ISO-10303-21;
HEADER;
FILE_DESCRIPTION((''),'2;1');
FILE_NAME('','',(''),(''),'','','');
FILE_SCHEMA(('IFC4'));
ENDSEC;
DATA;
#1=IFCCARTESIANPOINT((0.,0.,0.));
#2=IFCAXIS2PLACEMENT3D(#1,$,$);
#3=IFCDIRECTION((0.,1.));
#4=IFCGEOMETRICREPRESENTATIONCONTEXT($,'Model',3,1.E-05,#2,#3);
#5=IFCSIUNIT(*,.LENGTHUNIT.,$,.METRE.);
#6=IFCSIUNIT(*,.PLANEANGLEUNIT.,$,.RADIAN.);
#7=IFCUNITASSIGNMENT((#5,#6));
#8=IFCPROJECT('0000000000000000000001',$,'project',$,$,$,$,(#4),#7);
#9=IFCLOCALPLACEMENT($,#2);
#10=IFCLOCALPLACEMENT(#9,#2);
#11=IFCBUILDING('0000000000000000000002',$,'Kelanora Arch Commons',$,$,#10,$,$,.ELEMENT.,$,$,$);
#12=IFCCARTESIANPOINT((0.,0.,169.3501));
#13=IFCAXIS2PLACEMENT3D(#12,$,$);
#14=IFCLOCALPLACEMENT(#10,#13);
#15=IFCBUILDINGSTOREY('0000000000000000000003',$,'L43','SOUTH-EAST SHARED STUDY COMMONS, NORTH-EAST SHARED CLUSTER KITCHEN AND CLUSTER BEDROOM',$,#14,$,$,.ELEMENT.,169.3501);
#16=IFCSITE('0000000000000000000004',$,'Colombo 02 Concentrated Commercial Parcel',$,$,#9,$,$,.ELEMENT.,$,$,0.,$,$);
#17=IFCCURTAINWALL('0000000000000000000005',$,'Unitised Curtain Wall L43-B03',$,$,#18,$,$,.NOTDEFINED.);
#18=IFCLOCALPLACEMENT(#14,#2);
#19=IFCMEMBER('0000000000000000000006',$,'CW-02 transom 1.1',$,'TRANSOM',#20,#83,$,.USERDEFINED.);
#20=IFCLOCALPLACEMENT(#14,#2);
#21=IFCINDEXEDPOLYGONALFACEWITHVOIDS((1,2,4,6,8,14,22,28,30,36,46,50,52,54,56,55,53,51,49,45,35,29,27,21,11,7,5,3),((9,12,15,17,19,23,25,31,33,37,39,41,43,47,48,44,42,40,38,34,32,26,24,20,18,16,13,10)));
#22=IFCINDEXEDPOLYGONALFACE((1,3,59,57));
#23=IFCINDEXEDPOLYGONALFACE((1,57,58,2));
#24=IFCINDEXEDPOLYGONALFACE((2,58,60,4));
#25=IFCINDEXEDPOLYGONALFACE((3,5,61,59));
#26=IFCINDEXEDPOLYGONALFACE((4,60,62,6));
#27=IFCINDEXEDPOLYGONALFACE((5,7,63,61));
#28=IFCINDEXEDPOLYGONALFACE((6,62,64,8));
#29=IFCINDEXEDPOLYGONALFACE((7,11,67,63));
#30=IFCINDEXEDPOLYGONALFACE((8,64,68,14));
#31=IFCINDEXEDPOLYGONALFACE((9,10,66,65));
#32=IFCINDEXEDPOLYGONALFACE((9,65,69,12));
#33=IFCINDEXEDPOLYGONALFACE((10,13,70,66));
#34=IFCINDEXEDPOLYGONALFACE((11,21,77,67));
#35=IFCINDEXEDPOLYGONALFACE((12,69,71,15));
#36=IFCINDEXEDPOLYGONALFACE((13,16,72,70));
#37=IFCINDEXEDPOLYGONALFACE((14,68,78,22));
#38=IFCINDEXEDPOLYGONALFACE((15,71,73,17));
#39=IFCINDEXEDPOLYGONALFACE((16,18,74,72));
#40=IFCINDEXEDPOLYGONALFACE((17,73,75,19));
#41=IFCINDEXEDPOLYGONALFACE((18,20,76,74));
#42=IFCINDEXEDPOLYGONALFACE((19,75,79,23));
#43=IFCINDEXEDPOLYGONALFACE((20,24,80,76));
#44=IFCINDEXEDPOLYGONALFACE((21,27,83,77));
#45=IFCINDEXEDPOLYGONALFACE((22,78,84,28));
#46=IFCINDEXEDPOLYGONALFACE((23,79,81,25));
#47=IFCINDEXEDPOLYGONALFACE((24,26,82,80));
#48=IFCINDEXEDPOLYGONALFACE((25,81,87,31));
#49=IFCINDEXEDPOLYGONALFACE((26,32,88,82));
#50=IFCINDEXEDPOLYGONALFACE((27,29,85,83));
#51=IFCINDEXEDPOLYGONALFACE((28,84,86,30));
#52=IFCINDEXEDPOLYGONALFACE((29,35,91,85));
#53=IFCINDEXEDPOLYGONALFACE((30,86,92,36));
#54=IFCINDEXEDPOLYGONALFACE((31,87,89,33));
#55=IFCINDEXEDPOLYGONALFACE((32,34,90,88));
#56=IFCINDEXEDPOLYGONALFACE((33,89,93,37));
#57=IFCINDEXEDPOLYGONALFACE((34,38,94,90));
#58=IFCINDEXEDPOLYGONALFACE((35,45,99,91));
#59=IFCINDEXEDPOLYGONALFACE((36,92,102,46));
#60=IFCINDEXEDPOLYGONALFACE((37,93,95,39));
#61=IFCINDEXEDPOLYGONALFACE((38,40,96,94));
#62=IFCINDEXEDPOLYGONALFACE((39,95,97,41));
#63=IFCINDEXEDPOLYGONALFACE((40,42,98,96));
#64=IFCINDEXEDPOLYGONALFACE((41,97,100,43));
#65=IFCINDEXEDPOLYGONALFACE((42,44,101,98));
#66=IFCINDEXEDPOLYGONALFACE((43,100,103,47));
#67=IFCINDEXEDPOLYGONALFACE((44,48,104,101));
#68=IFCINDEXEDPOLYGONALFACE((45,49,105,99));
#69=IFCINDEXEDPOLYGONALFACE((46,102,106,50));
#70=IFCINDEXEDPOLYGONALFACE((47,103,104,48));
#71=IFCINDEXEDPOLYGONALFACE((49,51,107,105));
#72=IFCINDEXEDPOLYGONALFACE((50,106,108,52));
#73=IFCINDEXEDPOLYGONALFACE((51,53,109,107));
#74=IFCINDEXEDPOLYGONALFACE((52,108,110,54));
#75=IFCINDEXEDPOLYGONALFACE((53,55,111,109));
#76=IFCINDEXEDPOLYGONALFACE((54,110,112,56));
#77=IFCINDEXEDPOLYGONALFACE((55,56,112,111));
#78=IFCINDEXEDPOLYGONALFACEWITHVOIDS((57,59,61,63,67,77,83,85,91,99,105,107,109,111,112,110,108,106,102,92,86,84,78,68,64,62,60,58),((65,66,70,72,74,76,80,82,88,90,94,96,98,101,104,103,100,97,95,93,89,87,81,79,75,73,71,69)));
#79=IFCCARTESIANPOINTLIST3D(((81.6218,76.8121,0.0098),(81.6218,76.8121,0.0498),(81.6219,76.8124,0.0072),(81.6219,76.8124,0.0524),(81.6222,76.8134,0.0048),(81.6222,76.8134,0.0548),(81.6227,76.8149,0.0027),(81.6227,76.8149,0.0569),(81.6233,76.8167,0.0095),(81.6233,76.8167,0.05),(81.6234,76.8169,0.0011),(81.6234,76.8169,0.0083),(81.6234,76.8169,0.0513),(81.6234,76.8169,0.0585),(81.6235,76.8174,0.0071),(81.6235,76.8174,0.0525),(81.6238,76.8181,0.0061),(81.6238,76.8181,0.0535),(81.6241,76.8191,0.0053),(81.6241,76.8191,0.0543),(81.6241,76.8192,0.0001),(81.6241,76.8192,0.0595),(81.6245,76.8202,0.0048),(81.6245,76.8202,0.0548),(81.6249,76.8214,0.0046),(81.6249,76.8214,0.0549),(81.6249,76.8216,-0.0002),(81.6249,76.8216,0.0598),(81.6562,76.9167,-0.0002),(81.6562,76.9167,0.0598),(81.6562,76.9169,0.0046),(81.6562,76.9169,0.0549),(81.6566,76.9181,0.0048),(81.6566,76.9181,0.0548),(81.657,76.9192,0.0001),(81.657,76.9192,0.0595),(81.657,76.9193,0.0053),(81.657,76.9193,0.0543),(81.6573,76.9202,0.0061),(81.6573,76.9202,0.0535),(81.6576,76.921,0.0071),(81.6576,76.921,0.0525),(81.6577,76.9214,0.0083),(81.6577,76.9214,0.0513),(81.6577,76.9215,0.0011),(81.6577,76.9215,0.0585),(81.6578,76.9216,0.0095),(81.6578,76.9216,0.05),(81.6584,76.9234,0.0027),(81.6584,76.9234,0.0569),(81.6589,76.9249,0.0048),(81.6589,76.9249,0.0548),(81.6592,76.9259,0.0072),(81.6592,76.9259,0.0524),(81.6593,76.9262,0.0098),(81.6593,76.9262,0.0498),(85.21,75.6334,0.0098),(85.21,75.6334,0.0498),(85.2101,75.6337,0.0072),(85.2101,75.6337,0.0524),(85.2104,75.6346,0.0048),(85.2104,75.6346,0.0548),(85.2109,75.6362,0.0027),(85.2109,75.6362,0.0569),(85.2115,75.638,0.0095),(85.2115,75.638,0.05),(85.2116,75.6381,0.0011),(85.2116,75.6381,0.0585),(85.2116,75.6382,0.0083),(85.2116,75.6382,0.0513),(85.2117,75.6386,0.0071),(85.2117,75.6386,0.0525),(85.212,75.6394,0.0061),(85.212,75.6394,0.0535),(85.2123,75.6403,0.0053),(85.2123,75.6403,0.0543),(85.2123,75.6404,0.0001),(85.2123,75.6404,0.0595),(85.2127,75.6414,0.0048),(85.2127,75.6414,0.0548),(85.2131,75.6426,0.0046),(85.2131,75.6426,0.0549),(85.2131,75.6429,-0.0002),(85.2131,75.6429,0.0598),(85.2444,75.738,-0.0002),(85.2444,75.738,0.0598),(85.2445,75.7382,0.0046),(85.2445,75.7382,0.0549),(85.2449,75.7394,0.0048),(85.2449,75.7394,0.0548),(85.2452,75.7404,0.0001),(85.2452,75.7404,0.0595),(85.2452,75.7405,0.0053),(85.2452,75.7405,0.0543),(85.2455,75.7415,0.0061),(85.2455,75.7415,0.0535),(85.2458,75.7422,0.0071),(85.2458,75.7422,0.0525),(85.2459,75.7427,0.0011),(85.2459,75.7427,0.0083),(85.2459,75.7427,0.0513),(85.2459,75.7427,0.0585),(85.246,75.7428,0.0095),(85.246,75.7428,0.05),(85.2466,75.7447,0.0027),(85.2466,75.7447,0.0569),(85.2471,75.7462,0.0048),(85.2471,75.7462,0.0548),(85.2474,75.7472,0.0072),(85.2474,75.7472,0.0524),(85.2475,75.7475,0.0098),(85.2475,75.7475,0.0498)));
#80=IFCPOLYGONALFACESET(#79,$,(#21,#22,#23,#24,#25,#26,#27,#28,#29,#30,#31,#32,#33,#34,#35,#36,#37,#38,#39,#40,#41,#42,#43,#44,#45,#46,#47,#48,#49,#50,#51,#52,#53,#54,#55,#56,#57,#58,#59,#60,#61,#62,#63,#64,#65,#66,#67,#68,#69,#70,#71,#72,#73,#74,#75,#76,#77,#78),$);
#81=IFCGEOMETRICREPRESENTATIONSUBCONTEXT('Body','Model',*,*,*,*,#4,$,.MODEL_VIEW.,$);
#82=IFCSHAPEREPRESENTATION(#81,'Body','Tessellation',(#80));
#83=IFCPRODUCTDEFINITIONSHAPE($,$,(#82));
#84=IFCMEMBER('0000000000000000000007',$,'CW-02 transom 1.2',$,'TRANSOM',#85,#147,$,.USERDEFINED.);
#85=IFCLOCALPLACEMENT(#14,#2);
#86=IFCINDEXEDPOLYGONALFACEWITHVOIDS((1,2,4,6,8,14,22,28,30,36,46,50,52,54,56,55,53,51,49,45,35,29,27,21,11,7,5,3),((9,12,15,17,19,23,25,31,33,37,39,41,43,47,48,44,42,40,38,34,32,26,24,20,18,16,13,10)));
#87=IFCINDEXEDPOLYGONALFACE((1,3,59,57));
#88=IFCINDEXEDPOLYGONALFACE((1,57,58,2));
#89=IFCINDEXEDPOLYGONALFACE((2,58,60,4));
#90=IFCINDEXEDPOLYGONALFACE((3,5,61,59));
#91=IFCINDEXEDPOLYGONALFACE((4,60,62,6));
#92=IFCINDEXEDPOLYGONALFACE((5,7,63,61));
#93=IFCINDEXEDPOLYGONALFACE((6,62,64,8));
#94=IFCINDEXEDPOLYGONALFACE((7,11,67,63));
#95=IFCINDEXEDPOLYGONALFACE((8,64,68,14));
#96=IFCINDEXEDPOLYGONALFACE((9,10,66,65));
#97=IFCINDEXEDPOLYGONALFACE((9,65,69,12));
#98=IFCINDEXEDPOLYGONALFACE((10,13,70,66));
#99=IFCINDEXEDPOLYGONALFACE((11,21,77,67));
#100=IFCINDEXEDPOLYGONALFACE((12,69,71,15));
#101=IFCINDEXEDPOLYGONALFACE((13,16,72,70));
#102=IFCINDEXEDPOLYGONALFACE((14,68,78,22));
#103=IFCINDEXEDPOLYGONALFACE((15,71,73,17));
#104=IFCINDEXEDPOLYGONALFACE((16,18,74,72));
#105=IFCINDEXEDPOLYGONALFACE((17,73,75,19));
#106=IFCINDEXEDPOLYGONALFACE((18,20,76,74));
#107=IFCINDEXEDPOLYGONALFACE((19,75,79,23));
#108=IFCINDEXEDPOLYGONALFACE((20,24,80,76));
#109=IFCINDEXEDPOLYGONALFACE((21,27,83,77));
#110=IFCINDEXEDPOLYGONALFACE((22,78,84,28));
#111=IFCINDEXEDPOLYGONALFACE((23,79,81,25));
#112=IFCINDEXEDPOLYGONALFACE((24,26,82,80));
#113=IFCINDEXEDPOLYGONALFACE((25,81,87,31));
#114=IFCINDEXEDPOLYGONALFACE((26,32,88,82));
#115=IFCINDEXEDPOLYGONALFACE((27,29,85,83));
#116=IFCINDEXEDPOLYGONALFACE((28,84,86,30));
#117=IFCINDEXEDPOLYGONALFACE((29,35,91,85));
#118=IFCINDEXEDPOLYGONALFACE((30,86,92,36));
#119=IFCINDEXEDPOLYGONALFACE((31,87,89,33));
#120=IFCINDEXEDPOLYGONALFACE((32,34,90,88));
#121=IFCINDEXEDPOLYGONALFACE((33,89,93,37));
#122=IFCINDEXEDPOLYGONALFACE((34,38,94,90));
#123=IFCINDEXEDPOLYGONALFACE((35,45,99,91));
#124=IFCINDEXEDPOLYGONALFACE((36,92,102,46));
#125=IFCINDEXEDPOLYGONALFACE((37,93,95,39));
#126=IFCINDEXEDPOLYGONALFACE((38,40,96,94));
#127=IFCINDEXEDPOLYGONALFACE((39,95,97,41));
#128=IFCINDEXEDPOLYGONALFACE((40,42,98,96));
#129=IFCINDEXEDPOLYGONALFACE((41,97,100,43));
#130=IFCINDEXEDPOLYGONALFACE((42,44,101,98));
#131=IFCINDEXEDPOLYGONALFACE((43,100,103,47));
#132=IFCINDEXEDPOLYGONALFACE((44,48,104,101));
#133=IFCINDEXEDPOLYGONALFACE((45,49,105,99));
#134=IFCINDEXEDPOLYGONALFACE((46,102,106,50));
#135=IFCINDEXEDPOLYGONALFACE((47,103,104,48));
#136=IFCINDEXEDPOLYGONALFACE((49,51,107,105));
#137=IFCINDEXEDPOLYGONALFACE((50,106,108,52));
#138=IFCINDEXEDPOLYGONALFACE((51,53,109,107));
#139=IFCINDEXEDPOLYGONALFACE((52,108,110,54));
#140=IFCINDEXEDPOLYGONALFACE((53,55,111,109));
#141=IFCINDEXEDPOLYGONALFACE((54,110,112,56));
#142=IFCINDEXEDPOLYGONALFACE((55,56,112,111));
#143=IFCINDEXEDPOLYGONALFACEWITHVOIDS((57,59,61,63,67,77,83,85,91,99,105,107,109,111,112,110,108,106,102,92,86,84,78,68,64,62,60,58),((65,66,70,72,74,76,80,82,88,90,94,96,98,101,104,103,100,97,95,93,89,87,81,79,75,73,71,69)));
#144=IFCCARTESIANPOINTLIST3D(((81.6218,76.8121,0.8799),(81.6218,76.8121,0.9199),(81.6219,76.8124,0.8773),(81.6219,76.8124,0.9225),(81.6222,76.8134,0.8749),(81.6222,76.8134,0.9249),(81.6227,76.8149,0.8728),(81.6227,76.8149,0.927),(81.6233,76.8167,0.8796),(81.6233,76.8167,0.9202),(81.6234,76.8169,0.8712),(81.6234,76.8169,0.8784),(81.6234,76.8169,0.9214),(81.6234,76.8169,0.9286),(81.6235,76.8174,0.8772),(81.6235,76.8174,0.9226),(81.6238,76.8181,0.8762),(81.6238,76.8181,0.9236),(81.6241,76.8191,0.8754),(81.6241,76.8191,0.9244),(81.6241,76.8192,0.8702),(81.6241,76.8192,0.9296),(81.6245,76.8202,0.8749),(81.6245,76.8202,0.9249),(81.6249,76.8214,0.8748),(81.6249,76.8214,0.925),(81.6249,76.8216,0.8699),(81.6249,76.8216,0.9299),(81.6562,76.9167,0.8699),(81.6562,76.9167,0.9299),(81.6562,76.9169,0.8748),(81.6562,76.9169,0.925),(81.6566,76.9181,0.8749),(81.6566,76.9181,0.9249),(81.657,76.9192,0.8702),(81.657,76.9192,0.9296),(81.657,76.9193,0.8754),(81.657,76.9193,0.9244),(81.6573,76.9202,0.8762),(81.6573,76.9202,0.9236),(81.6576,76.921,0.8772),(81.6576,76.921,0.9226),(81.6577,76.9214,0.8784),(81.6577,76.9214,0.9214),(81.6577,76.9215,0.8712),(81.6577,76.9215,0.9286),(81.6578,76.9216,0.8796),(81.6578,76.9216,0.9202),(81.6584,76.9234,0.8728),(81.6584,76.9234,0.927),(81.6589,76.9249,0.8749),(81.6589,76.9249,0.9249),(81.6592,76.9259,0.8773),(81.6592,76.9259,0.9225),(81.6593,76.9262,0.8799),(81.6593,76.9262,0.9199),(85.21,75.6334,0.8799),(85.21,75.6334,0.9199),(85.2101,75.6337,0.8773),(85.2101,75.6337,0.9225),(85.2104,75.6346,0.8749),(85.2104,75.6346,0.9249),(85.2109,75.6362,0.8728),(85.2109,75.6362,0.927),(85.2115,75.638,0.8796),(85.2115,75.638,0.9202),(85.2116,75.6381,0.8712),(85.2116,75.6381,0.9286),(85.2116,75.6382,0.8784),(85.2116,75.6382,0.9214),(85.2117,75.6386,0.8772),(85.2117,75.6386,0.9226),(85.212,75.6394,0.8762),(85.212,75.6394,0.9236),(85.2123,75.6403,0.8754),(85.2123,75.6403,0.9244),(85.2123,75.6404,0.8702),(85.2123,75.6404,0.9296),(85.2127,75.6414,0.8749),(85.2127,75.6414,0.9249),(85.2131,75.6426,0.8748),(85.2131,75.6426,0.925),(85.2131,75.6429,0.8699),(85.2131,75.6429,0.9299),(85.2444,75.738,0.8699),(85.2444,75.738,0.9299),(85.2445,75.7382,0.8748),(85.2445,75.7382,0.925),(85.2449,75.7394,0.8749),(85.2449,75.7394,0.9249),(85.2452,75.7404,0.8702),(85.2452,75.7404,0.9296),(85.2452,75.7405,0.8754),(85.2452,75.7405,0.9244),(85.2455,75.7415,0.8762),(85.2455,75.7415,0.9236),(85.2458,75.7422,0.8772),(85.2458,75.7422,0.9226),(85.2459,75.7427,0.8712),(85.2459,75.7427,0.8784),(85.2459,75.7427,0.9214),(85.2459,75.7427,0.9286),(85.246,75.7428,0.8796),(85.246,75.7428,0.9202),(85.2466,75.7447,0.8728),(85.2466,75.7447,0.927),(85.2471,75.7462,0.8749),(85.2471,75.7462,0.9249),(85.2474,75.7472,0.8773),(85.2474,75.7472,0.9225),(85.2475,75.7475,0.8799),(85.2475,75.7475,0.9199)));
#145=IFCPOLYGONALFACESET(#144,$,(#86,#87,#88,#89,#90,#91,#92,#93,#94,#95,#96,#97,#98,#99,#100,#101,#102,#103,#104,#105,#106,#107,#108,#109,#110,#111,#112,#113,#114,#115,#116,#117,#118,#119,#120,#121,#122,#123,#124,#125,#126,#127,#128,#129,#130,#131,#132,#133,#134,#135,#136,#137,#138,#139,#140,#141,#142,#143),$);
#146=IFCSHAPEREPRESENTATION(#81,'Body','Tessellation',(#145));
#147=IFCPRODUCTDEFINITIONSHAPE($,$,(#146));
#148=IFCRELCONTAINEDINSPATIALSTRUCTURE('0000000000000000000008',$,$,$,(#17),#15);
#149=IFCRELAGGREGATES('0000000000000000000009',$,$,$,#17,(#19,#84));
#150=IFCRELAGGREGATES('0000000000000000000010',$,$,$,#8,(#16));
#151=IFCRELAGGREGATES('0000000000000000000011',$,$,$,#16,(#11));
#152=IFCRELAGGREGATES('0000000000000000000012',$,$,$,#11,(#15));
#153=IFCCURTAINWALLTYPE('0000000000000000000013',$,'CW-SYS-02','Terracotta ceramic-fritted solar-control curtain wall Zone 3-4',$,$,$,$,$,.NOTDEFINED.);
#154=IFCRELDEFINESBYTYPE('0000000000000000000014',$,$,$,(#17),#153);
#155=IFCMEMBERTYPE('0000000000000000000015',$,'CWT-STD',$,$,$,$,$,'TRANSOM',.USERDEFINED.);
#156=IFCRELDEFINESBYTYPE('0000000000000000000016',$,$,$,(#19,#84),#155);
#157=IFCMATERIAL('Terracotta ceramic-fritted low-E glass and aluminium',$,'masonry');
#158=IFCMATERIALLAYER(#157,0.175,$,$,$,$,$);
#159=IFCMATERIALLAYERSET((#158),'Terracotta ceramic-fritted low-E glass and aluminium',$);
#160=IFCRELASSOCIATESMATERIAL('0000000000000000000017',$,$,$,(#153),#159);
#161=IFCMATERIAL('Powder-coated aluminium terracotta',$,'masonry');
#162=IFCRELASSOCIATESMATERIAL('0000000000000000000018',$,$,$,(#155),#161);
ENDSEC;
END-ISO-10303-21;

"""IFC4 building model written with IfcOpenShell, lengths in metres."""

from ifc_helpers import new_model, si_unit, direction, frame, origin, origin_2d, place, context, subcontext, project, spatial, hollow_rectangle, extrude, material, layer, layer_set, material_profile, profile_set, type_object, element, aggregate, save


model = new_model("IFC4")

# Units and contexts
model_context = context("Model", 3, precision=1e-05, world=origin(), true_north=direction((0.0, 1.0)))
body_context = subcontext(model_context, "Body", "Model", "MODEL_VIEW")
ifc_project = project(units=[si_unit("LENGTHUNIT", "METRE"), si_unit("PLANEANGLEUNIT", "RADIAN")], contexts=[model_context])

# Site, building, storey
site_placement = place(None, origin())
site = spatial("IfcSite", under=ifc_project, at=site_placement, Name="Colombo 02 Concentrated Commercial Parcel", CompositionType="ELEMENT", RefElevation=0.0)
building_placement = place(site_placement, origin())
building = spatial("IfcBuilding", under=site, at=building_placement, Name="Kelanora Arch Commons", CompositionType="ELEMENT")
storey_placement = place(building_placement, frame((0.0, 0.0, 169.3501)))
storey = spatial("IfcBuildingStorey", under=building, at=storey_placement, Name="L43", Description="SOUTH-EAST SHARED STUDY COMMONS, NORTH-EAST SHARED CLUSTER KITCHEN AND CLUSTER BEDROOM", CompositionType="ELEMENT", Elevation=169.3501)

# Shared definitions
ifc_material_1 = material(Name="Terracotta ceramic-fritted low-E glass and aluminium", Category="masonry")
ifc_layer_1 = layer(ifc_material_1, 0.175)
ifc_layer_set_1 = layer_set([ifc_layer_1], Name="Terracotta ceramic-fritted low-E glass and aluminium")
curtain_wall_type = type_object("IfcCurtainWallType", Name="CW-SYS-02", Description="Terracotta ceramic-fritted solar-control curtain wall Zone 3-4", PredefinedType="NOTDEFINED", material=ifc_layer_set_1)
ifc_material_2 = material(Name="Powder-coated aluminium terracotta", Category="masonry")

# Curtain wall, members
curtain_wall_1_placement = place(storey_placement, origin())
curtain_wall_1 = element("IfcCurtainWall", 1, at=curtain_wall_1_placement, inside=storey, type_object=curtain_wall_type, Name="Unitised Curtain Wall L43-B03", PredefinedType="NOTDEFINED")
ifc_material_profile_1 = material_profile(ifc_material_2, hollow_rectangle(XDim=0.1201, YDim=0.0601, WallThickness=0.0049, InnerFilletRadius=0.0049, OuterFilletRadius=0.01, at=origin_2d()), Name="CWT120x60")
ifc_profile_set_1 = profile_set([ifc_material_profile_1], Name="Powder-coated aluminium terracotta")
member_type_1 = type_object("IfcMemberType", Name="CWT-STD", ElementType="TRANSOM", PredefinedType="USERDEFINED", material=ifc_profile_set_1)
member_1_placement = place(storey_placement, frame((85.2288, 75.6904, 0.0298), z_axis=(-0.950051, 0.312094, 0.0), x_axis=(-0.312094, -0.950051, 0.0)))
member_1 = element("IfcMember", 2, at=member_1_placement, type_object=member_type_1, Name="CW-02 transom 1.1", ObjectType="TRANSOM", PredefinedType="USERDEFINED", context=body_context, shape_type="SweptSolid", body=[
    extrude(hollow_rectangle(XDim=0.1201, YDim=0.0601, WallThickness=0.0049, InnerFilletRadius=0.0049, OuterFilletRadius=0.01, at=origin_2d()), origin(), (0.0, 0.0, 1.0), 3.7769),
])
member_2_placement = place(storey_placement, frame((85.2288, 75.6904, 0.8999), z_axis=(-0.950051, 0.312094, 0.0), x_axis=(-0.312094, -0.950051, 0.0)))
member_2 = element("IfcMember", 3, at=member_2_placement, type_object=member_type_1, Name="CW-02 transom 1.2", ObjectType="TRANSOM", PredefinedType="USERDEFINED", context=body_context, shape_type="SweptSolid", body=[
    extrude(hollow_rectangle(XDim=0.1201, YDim=0.0601, WallThickness=0.0049, InnerFilletRadius=0.0049, OuterFilletRadius=0.01, at=origin_2d()), origin(), (0.0, 0.0, 1.0), 3.7769),
])
aggregate(curtain_wall_1, [member_1, member_2])

save(model, "model.ifc")
